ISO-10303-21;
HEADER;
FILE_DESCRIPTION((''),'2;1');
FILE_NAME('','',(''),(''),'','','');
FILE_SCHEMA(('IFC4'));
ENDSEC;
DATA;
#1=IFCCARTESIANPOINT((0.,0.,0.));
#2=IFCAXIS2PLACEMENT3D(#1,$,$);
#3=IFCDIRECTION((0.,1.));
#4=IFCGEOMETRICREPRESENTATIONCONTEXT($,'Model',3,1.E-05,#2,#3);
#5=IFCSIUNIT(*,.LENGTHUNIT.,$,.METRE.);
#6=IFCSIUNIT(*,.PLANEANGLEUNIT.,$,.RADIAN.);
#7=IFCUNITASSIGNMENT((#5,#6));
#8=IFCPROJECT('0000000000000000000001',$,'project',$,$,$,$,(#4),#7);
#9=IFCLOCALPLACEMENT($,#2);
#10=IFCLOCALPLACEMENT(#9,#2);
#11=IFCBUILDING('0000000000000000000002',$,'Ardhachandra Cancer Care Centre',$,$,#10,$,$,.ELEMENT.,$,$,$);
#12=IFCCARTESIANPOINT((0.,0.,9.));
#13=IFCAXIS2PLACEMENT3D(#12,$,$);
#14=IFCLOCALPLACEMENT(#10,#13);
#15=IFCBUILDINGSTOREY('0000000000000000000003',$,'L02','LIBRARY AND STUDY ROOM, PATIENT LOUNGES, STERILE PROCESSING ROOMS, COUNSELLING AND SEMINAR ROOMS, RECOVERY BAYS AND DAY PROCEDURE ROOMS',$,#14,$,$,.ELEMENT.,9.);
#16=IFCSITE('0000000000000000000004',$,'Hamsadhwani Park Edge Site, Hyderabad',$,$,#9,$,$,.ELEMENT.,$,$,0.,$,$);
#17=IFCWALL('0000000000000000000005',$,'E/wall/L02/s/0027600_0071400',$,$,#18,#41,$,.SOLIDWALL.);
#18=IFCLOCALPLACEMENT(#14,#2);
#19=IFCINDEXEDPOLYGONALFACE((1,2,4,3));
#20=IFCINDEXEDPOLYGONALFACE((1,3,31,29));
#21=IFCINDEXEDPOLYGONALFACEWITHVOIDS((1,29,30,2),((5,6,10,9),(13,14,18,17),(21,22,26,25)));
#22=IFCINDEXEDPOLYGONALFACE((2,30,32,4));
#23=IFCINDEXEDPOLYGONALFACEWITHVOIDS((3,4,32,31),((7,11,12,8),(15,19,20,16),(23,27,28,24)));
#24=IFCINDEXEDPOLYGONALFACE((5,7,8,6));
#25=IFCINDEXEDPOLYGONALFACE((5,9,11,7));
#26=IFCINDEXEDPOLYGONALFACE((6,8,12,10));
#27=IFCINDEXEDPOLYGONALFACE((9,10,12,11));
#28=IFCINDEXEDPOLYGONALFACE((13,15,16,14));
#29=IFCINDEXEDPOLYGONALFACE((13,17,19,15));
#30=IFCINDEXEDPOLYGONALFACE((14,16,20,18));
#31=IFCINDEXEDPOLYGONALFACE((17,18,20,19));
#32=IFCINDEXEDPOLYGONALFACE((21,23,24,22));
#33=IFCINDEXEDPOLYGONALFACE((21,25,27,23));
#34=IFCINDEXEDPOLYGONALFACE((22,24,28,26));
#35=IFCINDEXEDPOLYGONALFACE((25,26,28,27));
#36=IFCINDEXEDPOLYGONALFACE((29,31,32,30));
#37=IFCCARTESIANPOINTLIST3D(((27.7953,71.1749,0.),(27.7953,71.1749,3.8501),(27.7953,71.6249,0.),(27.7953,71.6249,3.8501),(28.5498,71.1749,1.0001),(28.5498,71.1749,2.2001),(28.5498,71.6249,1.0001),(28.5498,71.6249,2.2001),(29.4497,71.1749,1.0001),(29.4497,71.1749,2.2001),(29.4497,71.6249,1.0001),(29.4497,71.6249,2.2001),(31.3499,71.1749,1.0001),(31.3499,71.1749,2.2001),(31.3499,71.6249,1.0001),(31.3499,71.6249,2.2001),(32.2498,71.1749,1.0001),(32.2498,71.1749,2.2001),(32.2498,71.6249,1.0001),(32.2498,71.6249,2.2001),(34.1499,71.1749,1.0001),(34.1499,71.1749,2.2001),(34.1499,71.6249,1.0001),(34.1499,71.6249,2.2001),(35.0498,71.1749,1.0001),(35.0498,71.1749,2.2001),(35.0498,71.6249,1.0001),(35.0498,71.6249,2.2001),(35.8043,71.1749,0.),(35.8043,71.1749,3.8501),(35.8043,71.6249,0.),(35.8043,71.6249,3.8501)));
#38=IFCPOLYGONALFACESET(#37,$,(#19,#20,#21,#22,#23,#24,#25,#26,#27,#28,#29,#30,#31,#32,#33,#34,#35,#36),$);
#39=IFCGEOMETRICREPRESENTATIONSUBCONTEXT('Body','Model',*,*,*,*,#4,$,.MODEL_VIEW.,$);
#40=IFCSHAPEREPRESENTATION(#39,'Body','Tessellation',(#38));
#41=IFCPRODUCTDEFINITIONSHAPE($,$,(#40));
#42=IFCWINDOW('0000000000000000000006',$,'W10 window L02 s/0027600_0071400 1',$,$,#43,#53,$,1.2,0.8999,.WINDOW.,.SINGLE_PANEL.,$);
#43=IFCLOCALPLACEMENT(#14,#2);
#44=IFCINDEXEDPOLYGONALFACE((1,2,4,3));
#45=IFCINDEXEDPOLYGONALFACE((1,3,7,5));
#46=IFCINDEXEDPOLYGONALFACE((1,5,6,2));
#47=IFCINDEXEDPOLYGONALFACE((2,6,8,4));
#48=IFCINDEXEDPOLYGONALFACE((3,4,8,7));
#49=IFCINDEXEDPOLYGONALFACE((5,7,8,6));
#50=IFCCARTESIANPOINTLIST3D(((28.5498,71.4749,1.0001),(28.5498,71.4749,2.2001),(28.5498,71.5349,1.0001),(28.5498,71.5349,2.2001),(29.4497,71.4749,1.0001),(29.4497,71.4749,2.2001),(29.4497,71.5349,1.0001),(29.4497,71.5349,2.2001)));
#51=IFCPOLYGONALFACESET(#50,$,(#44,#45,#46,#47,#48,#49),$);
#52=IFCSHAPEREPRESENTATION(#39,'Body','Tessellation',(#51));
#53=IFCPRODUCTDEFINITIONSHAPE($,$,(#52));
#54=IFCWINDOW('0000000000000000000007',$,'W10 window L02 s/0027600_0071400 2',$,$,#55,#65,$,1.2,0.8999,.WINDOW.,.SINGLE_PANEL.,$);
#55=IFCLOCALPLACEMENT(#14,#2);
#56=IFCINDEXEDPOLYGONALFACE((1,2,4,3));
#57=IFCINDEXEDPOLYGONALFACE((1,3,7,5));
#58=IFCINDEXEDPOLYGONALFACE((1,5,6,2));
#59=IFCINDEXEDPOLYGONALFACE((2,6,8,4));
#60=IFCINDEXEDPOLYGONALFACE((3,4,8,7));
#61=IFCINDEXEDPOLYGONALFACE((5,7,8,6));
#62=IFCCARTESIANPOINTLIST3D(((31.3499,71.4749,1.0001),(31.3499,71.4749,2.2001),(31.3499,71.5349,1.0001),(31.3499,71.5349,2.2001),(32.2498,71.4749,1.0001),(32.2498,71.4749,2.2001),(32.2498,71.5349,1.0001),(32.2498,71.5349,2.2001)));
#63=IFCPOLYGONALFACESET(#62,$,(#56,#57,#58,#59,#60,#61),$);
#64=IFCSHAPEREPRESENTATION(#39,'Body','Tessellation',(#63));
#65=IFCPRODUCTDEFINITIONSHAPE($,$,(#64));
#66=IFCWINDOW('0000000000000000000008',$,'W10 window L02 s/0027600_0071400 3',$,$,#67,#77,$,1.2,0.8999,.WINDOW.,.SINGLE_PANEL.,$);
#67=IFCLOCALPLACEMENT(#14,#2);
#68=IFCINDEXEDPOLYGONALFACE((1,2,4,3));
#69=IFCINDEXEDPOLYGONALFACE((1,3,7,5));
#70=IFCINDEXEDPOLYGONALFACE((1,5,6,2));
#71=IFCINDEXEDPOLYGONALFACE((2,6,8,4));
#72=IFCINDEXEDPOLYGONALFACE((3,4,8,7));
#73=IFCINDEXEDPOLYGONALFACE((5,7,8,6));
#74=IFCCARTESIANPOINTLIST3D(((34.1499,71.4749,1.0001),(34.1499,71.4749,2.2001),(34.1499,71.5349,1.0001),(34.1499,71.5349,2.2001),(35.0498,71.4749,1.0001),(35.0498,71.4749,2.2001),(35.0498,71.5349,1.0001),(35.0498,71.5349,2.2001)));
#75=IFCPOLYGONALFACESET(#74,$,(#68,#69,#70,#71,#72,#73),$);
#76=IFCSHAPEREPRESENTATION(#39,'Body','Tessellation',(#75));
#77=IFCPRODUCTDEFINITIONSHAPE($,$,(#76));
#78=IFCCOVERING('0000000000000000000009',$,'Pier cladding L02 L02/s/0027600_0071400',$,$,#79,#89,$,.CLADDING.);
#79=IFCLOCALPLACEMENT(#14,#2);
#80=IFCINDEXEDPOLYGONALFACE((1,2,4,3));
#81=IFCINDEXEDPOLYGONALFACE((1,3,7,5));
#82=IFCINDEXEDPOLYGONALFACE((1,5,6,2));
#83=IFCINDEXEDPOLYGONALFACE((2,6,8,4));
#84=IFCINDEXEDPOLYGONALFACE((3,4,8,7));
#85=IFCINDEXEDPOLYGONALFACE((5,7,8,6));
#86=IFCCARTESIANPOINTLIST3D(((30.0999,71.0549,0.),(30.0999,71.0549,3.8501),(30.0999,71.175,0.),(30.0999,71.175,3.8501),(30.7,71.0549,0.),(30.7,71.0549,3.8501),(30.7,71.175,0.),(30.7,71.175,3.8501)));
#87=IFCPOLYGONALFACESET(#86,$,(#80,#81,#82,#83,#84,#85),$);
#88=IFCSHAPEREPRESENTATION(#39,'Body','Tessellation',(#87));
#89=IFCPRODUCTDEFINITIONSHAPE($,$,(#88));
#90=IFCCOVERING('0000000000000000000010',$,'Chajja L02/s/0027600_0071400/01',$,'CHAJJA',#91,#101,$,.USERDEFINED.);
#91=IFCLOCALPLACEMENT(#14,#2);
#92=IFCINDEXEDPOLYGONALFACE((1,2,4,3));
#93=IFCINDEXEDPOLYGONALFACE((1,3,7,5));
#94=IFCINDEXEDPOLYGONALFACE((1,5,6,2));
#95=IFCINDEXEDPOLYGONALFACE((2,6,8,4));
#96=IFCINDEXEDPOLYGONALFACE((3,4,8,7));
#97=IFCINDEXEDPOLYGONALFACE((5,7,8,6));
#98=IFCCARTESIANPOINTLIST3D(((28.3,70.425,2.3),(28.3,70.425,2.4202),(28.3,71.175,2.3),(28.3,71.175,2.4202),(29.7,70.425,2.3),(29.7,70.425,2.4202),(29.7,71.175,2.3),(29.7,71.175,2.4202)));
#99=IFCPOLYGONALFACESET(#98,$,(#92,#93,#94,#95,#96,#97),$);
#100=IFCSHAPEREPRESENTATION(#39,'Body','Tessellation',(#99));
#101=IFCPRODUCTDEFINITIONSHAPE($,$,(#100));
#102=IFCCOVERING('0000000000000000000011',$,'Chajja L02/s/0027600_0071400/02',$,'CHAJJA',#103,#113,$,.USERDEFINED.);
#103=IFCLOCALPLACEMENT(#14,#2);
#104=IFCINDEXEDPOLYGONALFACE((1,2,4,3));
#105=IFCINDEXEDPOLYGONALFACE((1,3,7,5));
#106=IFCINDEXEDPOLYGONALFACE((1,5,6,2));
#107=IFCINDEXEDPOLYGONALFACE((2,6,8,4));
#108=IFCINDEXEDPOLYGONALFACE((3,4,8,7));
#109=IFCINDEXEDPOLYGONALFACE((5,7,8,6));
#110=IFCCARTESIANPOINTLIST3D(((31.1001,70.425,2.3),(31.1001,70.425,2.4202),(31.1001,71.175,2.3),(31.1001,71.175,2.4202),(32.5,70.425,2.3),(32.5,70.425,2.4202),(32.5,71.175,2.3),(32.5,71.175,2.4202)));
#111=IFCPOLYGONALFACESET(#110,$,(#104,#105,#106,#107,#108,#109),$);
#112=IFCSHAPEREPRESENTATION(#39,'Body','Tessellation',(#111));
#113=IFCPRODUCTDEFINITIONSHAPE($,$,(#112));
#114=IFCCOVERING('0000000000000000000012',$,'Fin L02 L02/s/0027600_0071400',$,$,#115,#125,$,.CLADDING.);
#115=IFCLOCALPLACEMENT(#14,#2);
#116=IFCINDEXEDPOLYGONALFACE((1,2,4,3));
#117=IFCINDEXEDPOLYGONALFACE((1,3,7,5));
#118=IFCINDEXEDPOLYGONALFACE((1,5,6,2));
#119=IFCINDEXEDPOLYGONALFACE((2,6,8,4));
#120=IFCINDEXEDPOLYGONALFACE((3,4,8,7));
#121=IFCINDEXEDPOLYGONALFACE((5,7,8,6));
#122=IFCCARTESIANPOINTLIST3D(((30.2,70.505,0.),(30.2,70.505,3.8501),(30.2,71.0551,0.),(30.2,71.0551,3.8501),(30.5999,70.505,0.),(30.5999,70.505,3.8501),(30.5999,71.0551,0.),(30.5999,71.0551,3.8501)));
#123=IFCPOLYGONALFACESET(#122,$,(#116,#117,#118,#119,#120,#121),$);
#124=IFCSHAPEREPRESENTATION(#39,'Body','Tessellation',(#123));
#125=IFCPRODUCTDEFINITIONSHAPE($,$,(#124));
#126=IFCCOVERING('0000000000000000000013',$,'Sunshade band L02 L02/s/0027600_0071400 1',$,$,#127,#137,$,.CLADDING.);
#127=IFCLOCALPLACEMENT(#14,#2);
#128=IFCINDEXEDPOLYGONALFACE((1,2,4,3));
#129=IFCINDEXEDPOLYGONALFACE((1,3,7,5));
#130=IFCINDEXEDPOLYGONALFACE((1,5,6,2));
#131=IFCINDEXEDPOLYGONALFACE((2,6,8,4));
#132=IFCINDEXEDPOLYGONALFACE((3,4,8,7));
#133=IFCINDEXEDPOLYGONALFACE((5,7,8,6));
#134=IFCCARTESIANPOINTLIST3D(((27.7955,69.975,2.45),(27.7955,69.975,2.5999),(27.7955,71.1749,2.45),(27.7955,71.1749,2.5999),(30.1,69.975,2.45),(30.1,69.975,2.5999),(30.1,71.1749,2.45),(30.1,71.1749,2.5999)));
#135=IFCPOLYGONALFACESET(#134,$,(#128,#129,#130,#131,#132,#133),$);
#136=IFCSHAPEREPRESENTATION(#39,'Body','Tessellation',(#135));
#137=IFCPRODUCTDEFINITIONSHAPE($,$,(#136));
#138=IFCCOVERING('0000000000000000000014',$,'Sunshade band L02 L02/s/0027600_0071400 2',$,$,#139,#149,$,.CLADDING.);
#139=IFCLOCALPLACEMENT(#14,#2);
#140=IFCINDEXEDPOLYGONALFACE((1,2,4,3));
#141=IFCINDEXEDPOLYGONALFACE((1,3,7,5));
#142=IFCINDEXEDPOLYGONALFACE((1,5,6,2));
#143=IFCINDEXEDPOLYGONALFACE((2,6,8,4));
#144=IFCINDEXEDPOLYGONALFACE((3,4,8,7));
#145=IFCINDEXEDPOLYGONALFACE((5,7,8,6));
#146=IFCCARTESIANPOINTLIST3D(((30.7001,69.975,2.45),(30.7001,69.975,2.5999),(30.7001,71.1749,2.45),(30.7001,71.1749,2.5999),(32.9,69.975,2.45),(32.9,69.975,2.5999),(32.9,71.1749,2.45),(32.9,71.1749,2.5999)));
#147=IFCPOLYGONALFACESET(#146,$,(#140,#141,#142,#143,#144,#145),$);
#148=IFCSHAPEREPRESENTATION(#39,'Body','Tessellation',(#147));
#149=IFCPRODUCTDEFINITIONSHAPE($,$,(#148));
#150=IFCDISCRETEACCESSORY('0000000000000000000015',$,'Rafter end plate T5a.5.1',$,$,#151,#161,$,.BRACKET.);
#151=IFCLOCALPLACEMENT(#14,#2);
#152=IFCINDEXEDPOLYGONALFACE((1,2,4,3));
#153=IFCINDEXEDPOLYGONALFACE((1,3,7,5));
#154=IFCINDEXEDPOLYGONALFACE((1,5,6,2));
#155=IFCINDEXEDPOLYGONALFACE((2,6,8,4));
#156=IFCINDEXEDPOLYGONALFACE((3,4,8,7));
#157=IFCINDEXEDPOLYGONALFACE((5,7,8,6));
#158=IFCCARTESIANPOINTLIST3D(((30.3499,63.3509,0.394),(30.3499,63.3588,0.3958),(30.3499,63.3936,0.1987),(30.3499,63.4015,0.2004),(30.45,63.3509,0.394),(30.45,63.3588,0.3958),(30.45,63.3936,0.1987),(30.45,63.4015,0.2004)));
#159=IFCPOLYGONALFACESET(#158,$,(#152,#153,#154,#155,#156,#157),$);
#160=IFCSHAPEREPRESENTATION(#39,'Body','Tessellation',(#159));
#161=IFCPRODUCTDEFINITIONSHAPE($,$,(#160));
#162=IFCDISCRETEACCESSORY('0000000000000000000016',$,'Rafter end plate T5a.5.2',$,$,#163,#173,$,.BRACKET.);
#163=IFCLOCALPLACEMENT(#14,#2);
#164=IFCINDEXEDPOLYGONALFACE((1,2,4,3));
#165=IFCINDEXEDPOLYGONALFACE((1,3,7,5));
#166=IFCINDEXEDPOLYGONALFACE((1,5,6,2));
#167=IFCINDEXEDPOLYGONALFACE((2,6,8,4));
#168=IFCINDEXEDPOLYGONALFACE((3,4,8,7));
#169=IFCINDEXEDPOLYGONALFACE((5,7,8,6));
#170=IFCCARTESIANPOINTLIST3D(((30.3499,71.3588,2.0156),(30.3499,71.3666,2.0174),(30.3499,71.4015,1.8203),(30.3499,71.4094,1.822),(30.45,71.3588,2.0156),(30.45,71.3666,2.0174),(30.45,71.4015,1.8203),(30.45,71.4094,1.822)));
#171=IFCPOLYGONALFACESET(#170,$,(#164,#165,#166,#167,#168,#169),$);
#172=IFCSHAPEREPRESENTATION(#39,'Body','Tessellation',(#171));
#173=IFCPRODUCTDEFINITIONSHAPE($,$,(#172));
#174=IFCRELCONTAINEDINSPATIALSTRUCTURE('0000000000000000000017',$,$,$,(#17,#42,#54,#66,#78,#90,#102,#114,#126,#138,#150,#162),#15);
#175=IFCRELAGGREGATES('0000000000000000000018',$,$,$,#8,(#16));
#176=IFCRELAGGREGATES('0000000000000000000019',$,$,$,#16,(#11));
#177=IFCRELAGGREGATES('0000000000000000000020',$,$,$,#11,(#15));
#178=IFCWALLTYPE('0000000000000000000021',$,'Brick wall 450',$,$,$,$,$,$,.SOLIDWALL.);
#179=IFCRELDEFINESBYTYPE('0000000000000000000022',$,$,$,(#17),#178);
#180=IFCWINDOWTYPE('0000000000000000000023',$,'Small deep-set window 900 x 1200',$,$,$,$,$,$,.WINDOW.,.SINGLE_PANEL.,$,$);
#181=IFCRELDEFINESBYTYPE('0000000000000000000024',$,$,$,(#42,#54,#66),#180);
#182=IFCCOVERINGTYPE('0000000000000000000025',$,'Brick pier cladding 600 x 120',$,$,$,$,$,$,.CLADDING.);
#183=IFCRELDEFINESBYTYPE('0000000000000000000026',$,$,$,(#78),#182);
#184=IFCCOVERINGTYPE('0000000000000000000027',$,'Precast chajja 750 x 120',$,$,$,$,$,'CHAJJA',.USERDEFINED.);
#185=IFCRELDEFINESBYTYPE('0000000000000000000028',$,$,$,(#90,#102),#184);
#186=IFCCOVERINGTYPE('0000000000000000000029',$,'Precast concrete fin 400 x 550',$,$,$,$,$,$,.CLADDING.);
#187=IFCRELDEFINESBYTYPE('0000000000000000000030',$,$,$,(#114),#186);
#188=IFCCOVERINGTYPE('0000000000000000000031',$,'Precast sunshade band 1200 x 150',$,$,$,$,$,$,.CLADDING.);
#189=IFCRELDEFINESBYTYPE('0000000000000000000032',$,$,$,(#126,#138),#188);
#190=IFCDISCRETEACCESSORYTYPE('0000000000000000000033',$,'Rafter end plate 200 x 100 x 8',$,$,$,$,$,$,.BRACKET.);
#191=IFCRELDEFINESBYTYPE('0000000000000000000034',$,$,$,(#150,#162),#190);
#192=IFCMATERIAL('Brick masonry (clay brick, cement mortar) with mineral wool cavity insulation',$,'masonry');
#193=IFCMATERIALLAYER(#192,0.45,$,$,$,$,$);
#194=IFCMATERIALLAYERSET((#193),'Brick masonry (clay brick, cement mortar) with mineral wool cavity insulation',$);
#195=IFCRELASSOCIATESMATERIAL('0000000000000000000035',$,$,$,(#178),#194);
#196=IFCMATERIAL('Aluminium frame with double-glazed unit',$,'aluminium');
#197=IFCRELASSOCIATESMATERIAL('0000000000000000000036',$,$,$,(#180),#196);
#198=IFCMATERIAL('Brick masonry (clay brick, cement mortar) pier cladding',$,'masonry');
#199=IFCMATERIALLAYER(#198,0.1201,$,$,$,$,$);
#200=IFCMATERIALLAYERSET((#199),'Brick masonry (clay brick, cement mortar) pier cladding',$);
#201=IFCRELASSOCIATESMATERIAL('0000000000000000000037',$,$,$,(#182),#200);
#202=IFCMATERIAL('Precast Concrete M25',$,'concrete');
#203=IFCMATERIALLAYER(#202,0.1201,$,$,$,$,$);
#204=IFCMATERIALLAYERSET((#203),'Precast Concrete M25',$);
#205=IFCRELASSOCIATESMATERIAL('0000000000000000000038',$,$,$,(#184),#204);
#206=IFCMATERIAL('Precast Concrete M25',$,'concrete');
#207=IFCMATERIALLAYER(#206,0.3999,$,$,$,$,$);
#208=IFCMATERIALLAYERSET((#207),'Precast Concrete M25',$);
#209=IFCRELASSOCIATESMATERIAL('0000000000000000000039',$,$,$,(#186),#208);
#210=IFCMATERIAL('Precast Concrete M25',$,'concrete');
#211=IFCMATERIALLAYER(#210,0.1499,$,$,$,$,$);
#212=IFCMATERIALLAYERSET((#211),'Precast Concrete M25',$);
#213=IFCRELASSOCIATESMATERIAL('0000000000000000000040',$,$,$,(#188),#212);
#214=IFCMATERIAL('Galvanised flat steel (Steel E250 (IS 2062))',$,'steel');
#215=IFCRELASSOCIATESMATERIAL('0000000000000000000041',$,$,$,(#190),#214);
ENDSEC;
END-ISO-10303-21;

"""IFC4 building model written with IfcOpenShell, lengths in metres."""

from ifc_helpers import new_model, si_unit, direction, frame, frame_2d, origin, origin_2d, place, context, subcontext, project, spatial, rectangle, extrude, material, layer, layer_set, material_profile, profile_set, type_object, element, fill, save


model = new_model("IFC4")

# Units and contexts
model_context = context("Model", 3, precision=1e-05, world=origin(), true_north=direction((0.0, 1.0)))
body_context = subcontext(model_context, "Body", "Model", "MODEL_VIEW")
ifc_project = project(units=[si_unit("LENGTHUNIT", "METRE"), si_unit("PLANEANGLEUNIT", "RADIAN")], contexts=[model_context])

# Site, building, storey
site_placement = place(None, origin())
site = spatial("IfcSite", under=ifc_project, at=site_placement, Name="Hamsadhwani Park Edge Site, Hyderabad", CompositionType="ELEMENT", RefElevation=0.0)
building_placement = place(site_placement, origin())
building = spatial("IfcBuilding", under=site, at=building_placement, Name="Ardhachandra Cancer Care Centre", CompositionType="ELEMENT")
storey_placement = place(building_placement, frame((0.0, 0.0, 9.0)))
storey = spatial("IfcBuildingStorey", under=building, at=storey_placement, Name="L02", Description="LIBRARY AND STUDY ROOM, PATIENT LOUNGES, STERILE PROCESSING ROOMS, COUNSELLING AND SEMINAR ROOMS, RECOVERY BAYS AND DAY PROCEDURE ROOMS", CompositionType="ELEMENT", Elevation=9.0)

# Wall, openings, windows
ifc_material_1 = material(Name="Brick masonry (clay brick, cement mortar) with mineral wool cavity insulation", Category="masonry")
ifc_layer_1 = layer(ifc_material_1, 0.45)
ifc_layer_set_1 = layer_set([ifc_layer_1], Name="Brick masonry (clay brick, cement mortar) with mineral wool cavity insulation")
wall_type = type_object("IfcWallType", Name="Brick wall 450", PredefinedType="SOLIDWALL", material=ifc_layer_set_1)
wall_placement = place(storey_placement, frame((27.7954, 71.3999, 0.0), z_axis=(0.0, 0.0, 1.0), x_axis=(1.0, 0.0, 0.0)))
wall = element("IfcWall", 1, at=wall_placement, inside=storey, type_object=wall_type, Name="E/wall/L02/s/0027600_0071400", PredefinedType="SOLIDWALL", context=body_context, shape_type="SweptSolid", body=[
    extrude(rectangle(XDim=8.009, YDim=0.45, at=frame_2d((4.0044, 0.0))), origin(), (0.0, 0.0, 1.0), 3.8501),
])
opening_1_placement = place(wall_placement, frame((0.7544, 0.0, 1.0)))
opening_1 = element("IfcOpeningElement", 2, at=opening_1_placement, cuts=wall, PredefinedType="OPENING", context=body_context, shape_type="SweptSolid", body=[
    extrude(rectangle(XDim=0.8999, YDim=1.2, at=frame_2d((0.45, 0.6001))), frame((0.0, 0.2349, 0.0), z_axis=(0.0, -1.0, 0.0), x_axis=(1.0, 0.0, 0.0)), (0.0, 0.0, 1.0), 0.47),
])
opening_2_placement = place(wall_placement, frame((3.5544, 0.0, 1.0)))
opening_2 = element("IfcOpeningElement", 3, at=opening_2_placement, cuts=wall, PredefinedType="OPENING", context=body_context, shape_type="SweptSolid", body=[
    extrude(rectangle(XDim=0.8999, YDim=1.2, at=frame_2d((0.45, 0.6001))), frame((0.0, 0.2349, 0.0), z_axis=(0.0, -1.0, 0.0), x_axis=(1.0, 0.0, 0.0)), (0.0, 0.0, 1.0), 0.47),
])
opening_3_placement = place(wall_placement, frame((6.3545, 0.0, 1.0)))
opening_3 = element("IfcOpeningElement", 4, at=opening_3_placement, cuts=wall, PredefinedType="OPENING", context=body_context, shape_type="SweptSolid", body=[
    extrude(rectangle(XDim=0.8999, YDim=1.2, at=frame_2d((0.45, 0.6001))), frame((0.0, 0.2349, 0.0), z_axis=(0.0, -1.0, 0.0), x_axis=(1.0, 0.0, 0.0)), (0.0, 0.0, 1.0), 0.47),
])
ifc_material_2 = material(Name="Aluminium frame with double-glazed unit", Category="aluminium")
window_type = type_object("IfcWindowType", Name="Small deep-set window 900 x 1200", PartitioningType="SINGLE_PANEL", PredefinedType="WINDOW", material=ifc_material_2)
window_1_placement = place(opening_1_placement, origin())
window_1 = element("IfcWindow", 5, at=window_1_placement, inside=storey, type_object=window_type, Name="W10 window L02 s/0027600_0071400 1", OverallHeight=1.2, OverallWidth=0.8999, PartitioningType="SINGLE_PANEL", PredefinedType="WINDOW", context=body_context, shape_type="SweptSolid", body=[
    extrude(rectangle(XDim=0.8999, YDim=1.2, at=frame_2d((0.45, 0.6001))), frame((0.0, 0.135, 0.0), z_axis=(0.0, -1.0, 0.0), x_axis=(1.0, 0.0, 0.0)), (0.0, 0.0, 1.0), 0.0601),
])
fill(opening_1, window_1)
window_2_placement = place(opening_2_placement, origin())
window_2 = element("IfcWindow", 6, at=window_2_placement, inside=storey, type_object=window_type, Name="W10 window L02 s/0027600_0071400 2", OverallHeight=1.2, OverallWidth=0.8999, PartitioningType="SINGLE_PANEL", PredefinedType="WINDOW", context=body_context, shape_type="SweptSolid", body=[
    extrude(rectangle(XDim=0.8999, YDim=1.2, at=frame_2d((0.45, 0.6001))), frame((0.0, 0.135, 0.0), z_axis=(0.0, -1.0, 0.0), x_axis=(1.0, 0.0, 0.0)), (0.0, 0.0, 1.0), 0.0601),
])
fill(opening_2, window_2)
window_3_placement = place(opening_3_placement, origin())
window_3 = element("IfcWindow", 7, at=window_3_placement, inside=storey, type_object=window_type, Name="W10 window L02 s/0027600_0071400 3", OverallHeight=1.2, OverallWidth=0.8999, PartitioningType="SINGLE_PANEL", PredefinedType="WINDOW", context=body_context, shape_type="SweptSolid", body=[
    extrude(rectangle(XDim=0.8999, YDim=1.2, at=frame_2d((0.45, 0.6001))), frame((0.0, 0.135, 0.0), z_axis=(0.0, -1.0, 0.0), x_axis=(1.0, 0.0, 0.0)), (0.0, 0.0, 1.0), 0.0601),
])
fill(opening_3, window_3)

# Coverings
ifc_material_3 = material(Name="Brick masonry (clay brick, cement mortar) pier cladding", Category="masonry")
ifc_layer_2 = layer(ifc_material_3, 0.1201)
ifc_layer_set_2 = layer_set([ifc_layer_2], Name="Brick masonry (clay brick, cement mortar) pier cladding")
covering_type_1 = type_object("IfcCoveringType", Name="Brick pier cladding 600 x 120", PredefinedType="CLADDING", material=ifc_layer_set_2)
covering_1_placement = place(storey_placement, frame((30.3999, 71.115, 0.0), z_axis=(0.0, 0.0, 1.0), x_axis=(1.0, 0.0, 0.0)))
element("IfcCovering", 8, at=covering_1_placement, inside=storey, type_object=covering_type_1, Name="Pier cladding L02 L02/s/0027600_0071400", PredefinedType="CLADDING", context=body_context, shape_type="SweptSolid", body=[
    extrude(rectangle(XDim=0.6001, YDim=0.1201, at=origin_2d()), origin(), (0.0, 0.0, 1.0), 3.8501),
])
ifc_material_4 = material(Name="Precast Concrete M25", Category="concrete")
ifc_layer_3 = layer(ifc_material_4, 0.1201)
ifc_layer_set_3 = layer_set([ifc_layer_3], Name="Precast Concrete M25")
covering_type_2 = type_object("IfcCoveringType", Name="Precast chajja 750 x 120", ElementType="CHAJJA", PredefinedType="USERDEFINED", material=ifc_layer_set_3)
for number, where, z_axis, x_axis, name in (
    (9, (29.0, 70.8, 2.3), (0.0, 0.0, 1.0), (1.0, 0.0, 0.0), "Chajja L02/s/0027600_0071400/01"),
    (10, (31.8, 70.8, 2.3), (0.0, 0.0, 1.0), (1.0, 0.0, 0.0), "Chajja L02/s/0027600_0071400/02"),
):
    element("IfcCovering", number, at=place(storey_placement, frame(where, z_axis=z_axis, x_axis=x_axis)), inside=storey, type_object=covering_type_2, Name=name, ObjectType="CHAJJA", PredefinedType="USERDEFINED", context=body_context, shape_type="SweptSolid", body=[
        extrude(rectangle(XDim=1.3999, YDim=0.75, at=origin_2d()), origin(), (0.0, 0.0, 1.0), 0.1201),
    ])
ifc_material_5 = material(Name="Precast Concrete M25", Category="concrete")
ifc_layer_4 = layer(ifc_material_5, 0.3999)
ifc_layer_set_4 = layer_set([ifc_layer_4], Name="Precast Concrete M25")
covering_type_3 = type_object("IfcCoveringType", Name="Precast concrete fin 400 x 550", PredefinedType="CLADDING", material=ifc_layer_set_4)
covering_2_placement = place(storey_placement, frame((30.3999, 70.78, 0.0), z_axis=(0.0, 0.0, 1.0), x_axis=(1.0, 0.0, 0.0)))
element("IfcCovering", 11, at=covering_2_placement, inside=storey, type_object=covering_type_3, Name="Fin L02 L02/s/0027600_0071400", PredefinedType="CLADDING", context=body_context, shape_type="SweptSolid", body=[
    extrude(rectangle(XDim=0.3999, YDim=0.55, at=origin_2d()), origin(), (0.0, 0.0, 1.0), 3.8501),
])
ifc_material_6 = material(Name="Precast Concrete M25", Category="concrete")
ifc_layer_5 = layer(ifc_material_6, 0.1499)
ifc_layer_set_5 = layer_set([ifc_layer_5], Name="Precast Concrete M25")
covering_type_4 = type_object("IfcCoveringType", Name="Precast sunshade band 1200 x 150", PredefinedType="CLADDING", material=ifc_layer_set_5)
covering_3_placement = place(storey_placement, frame((28.9478, 70.575, 2.45), z_axis=(0.0, 0.0, 1.0), x_axis=(1.0, 0.0, 0.0)))
element("IfcCovering", 12, at=covering_3_placement, inside=storey, type_object=covering_type_4, Name="Sunshade band L02 L02/s/0027600_0071400 1", PredefinedType="CLADDING", context=body_context, shape_type="SweptSolid", body=[
    extrude(rectangle(XDim=2.3044, YDim=1.2, at=origin_2d()), origin(), (0.0, 0.0, 1.0), 0.1499),
])
covering_4_placement = place(storey_placement, frame((31.8, 70.575, 2.45), z_axis=(0.0, 0.0, 1.0), x_axis=(1.0, 0.0, 0.0)))
element("IfcCovering", 13, at=covering_4_placement, inside=storey, type_object=covering_type_4, Name="Sunshade band L02 L02/s/0027600_0071400 2", PredefinedType="CLADDING", context=body_context, shape_type="SweptSolid", body=[
    extrude(rectangle(XDim=2.2, YDim=1.2, at=origin_2d()), origin(), (0.0, 0.0, 1.0), 0.1499),
])

# Discrete accessories
ifc_material_7 = material(Name="Galvanised flat steel (Steel E250 (IS 2062))", Category="steel")
ifc_material_profile_1 = material_profile(ifc_material_7, rectangle(XDim=0.1001, YDim=0.2, at=origin_2d()), Name="Rafter end plate 200 x 100 x 8")
ifc_profile_set_1 = profile_set([ifc_material_profile_1], Name="Galvanised flat steel (Steel E250 (IS 2062))")
discrete_accessory_type = type_object("IfcDiscreteAccessoryType", Name="Rafter end plate 200 x 100 x 8", PredefinedType="BRACKET", material=ifc_profile_set_1)
for number, where, z_axis, x_axis, name in (
    (14, (30.3999, 63.3801, 0.2981), (0.0, -0.9769, -0.213697), (1.0, 0.0, 0.0), "Rafter end plate T5a.5.1"),
    (15, (30.3999, 71.3801, 1.918), (0.0, 0.9769, 0.213697), (-1.0, 0.0, 0.0), "Rafter end plate T5a.5.2"),
):
    element("IfcDiscreteAccessory", number, at=place(storey_placement, frame(where, z_axis=z_axis, x_axis=x_axis)), inside=storey, type_object=discrete_accessory_type, Name=name, PredefinedType="BRACKET", context=body_context, shape_type="SweptSolid", body=[
        extrude(rectangle(XDim=0.1001, YDim=0.2, at=origin_2d()), origin(), (0.0, 0.0, 1.0), 0.0081),
    ])

save(model, "model.ifc")
